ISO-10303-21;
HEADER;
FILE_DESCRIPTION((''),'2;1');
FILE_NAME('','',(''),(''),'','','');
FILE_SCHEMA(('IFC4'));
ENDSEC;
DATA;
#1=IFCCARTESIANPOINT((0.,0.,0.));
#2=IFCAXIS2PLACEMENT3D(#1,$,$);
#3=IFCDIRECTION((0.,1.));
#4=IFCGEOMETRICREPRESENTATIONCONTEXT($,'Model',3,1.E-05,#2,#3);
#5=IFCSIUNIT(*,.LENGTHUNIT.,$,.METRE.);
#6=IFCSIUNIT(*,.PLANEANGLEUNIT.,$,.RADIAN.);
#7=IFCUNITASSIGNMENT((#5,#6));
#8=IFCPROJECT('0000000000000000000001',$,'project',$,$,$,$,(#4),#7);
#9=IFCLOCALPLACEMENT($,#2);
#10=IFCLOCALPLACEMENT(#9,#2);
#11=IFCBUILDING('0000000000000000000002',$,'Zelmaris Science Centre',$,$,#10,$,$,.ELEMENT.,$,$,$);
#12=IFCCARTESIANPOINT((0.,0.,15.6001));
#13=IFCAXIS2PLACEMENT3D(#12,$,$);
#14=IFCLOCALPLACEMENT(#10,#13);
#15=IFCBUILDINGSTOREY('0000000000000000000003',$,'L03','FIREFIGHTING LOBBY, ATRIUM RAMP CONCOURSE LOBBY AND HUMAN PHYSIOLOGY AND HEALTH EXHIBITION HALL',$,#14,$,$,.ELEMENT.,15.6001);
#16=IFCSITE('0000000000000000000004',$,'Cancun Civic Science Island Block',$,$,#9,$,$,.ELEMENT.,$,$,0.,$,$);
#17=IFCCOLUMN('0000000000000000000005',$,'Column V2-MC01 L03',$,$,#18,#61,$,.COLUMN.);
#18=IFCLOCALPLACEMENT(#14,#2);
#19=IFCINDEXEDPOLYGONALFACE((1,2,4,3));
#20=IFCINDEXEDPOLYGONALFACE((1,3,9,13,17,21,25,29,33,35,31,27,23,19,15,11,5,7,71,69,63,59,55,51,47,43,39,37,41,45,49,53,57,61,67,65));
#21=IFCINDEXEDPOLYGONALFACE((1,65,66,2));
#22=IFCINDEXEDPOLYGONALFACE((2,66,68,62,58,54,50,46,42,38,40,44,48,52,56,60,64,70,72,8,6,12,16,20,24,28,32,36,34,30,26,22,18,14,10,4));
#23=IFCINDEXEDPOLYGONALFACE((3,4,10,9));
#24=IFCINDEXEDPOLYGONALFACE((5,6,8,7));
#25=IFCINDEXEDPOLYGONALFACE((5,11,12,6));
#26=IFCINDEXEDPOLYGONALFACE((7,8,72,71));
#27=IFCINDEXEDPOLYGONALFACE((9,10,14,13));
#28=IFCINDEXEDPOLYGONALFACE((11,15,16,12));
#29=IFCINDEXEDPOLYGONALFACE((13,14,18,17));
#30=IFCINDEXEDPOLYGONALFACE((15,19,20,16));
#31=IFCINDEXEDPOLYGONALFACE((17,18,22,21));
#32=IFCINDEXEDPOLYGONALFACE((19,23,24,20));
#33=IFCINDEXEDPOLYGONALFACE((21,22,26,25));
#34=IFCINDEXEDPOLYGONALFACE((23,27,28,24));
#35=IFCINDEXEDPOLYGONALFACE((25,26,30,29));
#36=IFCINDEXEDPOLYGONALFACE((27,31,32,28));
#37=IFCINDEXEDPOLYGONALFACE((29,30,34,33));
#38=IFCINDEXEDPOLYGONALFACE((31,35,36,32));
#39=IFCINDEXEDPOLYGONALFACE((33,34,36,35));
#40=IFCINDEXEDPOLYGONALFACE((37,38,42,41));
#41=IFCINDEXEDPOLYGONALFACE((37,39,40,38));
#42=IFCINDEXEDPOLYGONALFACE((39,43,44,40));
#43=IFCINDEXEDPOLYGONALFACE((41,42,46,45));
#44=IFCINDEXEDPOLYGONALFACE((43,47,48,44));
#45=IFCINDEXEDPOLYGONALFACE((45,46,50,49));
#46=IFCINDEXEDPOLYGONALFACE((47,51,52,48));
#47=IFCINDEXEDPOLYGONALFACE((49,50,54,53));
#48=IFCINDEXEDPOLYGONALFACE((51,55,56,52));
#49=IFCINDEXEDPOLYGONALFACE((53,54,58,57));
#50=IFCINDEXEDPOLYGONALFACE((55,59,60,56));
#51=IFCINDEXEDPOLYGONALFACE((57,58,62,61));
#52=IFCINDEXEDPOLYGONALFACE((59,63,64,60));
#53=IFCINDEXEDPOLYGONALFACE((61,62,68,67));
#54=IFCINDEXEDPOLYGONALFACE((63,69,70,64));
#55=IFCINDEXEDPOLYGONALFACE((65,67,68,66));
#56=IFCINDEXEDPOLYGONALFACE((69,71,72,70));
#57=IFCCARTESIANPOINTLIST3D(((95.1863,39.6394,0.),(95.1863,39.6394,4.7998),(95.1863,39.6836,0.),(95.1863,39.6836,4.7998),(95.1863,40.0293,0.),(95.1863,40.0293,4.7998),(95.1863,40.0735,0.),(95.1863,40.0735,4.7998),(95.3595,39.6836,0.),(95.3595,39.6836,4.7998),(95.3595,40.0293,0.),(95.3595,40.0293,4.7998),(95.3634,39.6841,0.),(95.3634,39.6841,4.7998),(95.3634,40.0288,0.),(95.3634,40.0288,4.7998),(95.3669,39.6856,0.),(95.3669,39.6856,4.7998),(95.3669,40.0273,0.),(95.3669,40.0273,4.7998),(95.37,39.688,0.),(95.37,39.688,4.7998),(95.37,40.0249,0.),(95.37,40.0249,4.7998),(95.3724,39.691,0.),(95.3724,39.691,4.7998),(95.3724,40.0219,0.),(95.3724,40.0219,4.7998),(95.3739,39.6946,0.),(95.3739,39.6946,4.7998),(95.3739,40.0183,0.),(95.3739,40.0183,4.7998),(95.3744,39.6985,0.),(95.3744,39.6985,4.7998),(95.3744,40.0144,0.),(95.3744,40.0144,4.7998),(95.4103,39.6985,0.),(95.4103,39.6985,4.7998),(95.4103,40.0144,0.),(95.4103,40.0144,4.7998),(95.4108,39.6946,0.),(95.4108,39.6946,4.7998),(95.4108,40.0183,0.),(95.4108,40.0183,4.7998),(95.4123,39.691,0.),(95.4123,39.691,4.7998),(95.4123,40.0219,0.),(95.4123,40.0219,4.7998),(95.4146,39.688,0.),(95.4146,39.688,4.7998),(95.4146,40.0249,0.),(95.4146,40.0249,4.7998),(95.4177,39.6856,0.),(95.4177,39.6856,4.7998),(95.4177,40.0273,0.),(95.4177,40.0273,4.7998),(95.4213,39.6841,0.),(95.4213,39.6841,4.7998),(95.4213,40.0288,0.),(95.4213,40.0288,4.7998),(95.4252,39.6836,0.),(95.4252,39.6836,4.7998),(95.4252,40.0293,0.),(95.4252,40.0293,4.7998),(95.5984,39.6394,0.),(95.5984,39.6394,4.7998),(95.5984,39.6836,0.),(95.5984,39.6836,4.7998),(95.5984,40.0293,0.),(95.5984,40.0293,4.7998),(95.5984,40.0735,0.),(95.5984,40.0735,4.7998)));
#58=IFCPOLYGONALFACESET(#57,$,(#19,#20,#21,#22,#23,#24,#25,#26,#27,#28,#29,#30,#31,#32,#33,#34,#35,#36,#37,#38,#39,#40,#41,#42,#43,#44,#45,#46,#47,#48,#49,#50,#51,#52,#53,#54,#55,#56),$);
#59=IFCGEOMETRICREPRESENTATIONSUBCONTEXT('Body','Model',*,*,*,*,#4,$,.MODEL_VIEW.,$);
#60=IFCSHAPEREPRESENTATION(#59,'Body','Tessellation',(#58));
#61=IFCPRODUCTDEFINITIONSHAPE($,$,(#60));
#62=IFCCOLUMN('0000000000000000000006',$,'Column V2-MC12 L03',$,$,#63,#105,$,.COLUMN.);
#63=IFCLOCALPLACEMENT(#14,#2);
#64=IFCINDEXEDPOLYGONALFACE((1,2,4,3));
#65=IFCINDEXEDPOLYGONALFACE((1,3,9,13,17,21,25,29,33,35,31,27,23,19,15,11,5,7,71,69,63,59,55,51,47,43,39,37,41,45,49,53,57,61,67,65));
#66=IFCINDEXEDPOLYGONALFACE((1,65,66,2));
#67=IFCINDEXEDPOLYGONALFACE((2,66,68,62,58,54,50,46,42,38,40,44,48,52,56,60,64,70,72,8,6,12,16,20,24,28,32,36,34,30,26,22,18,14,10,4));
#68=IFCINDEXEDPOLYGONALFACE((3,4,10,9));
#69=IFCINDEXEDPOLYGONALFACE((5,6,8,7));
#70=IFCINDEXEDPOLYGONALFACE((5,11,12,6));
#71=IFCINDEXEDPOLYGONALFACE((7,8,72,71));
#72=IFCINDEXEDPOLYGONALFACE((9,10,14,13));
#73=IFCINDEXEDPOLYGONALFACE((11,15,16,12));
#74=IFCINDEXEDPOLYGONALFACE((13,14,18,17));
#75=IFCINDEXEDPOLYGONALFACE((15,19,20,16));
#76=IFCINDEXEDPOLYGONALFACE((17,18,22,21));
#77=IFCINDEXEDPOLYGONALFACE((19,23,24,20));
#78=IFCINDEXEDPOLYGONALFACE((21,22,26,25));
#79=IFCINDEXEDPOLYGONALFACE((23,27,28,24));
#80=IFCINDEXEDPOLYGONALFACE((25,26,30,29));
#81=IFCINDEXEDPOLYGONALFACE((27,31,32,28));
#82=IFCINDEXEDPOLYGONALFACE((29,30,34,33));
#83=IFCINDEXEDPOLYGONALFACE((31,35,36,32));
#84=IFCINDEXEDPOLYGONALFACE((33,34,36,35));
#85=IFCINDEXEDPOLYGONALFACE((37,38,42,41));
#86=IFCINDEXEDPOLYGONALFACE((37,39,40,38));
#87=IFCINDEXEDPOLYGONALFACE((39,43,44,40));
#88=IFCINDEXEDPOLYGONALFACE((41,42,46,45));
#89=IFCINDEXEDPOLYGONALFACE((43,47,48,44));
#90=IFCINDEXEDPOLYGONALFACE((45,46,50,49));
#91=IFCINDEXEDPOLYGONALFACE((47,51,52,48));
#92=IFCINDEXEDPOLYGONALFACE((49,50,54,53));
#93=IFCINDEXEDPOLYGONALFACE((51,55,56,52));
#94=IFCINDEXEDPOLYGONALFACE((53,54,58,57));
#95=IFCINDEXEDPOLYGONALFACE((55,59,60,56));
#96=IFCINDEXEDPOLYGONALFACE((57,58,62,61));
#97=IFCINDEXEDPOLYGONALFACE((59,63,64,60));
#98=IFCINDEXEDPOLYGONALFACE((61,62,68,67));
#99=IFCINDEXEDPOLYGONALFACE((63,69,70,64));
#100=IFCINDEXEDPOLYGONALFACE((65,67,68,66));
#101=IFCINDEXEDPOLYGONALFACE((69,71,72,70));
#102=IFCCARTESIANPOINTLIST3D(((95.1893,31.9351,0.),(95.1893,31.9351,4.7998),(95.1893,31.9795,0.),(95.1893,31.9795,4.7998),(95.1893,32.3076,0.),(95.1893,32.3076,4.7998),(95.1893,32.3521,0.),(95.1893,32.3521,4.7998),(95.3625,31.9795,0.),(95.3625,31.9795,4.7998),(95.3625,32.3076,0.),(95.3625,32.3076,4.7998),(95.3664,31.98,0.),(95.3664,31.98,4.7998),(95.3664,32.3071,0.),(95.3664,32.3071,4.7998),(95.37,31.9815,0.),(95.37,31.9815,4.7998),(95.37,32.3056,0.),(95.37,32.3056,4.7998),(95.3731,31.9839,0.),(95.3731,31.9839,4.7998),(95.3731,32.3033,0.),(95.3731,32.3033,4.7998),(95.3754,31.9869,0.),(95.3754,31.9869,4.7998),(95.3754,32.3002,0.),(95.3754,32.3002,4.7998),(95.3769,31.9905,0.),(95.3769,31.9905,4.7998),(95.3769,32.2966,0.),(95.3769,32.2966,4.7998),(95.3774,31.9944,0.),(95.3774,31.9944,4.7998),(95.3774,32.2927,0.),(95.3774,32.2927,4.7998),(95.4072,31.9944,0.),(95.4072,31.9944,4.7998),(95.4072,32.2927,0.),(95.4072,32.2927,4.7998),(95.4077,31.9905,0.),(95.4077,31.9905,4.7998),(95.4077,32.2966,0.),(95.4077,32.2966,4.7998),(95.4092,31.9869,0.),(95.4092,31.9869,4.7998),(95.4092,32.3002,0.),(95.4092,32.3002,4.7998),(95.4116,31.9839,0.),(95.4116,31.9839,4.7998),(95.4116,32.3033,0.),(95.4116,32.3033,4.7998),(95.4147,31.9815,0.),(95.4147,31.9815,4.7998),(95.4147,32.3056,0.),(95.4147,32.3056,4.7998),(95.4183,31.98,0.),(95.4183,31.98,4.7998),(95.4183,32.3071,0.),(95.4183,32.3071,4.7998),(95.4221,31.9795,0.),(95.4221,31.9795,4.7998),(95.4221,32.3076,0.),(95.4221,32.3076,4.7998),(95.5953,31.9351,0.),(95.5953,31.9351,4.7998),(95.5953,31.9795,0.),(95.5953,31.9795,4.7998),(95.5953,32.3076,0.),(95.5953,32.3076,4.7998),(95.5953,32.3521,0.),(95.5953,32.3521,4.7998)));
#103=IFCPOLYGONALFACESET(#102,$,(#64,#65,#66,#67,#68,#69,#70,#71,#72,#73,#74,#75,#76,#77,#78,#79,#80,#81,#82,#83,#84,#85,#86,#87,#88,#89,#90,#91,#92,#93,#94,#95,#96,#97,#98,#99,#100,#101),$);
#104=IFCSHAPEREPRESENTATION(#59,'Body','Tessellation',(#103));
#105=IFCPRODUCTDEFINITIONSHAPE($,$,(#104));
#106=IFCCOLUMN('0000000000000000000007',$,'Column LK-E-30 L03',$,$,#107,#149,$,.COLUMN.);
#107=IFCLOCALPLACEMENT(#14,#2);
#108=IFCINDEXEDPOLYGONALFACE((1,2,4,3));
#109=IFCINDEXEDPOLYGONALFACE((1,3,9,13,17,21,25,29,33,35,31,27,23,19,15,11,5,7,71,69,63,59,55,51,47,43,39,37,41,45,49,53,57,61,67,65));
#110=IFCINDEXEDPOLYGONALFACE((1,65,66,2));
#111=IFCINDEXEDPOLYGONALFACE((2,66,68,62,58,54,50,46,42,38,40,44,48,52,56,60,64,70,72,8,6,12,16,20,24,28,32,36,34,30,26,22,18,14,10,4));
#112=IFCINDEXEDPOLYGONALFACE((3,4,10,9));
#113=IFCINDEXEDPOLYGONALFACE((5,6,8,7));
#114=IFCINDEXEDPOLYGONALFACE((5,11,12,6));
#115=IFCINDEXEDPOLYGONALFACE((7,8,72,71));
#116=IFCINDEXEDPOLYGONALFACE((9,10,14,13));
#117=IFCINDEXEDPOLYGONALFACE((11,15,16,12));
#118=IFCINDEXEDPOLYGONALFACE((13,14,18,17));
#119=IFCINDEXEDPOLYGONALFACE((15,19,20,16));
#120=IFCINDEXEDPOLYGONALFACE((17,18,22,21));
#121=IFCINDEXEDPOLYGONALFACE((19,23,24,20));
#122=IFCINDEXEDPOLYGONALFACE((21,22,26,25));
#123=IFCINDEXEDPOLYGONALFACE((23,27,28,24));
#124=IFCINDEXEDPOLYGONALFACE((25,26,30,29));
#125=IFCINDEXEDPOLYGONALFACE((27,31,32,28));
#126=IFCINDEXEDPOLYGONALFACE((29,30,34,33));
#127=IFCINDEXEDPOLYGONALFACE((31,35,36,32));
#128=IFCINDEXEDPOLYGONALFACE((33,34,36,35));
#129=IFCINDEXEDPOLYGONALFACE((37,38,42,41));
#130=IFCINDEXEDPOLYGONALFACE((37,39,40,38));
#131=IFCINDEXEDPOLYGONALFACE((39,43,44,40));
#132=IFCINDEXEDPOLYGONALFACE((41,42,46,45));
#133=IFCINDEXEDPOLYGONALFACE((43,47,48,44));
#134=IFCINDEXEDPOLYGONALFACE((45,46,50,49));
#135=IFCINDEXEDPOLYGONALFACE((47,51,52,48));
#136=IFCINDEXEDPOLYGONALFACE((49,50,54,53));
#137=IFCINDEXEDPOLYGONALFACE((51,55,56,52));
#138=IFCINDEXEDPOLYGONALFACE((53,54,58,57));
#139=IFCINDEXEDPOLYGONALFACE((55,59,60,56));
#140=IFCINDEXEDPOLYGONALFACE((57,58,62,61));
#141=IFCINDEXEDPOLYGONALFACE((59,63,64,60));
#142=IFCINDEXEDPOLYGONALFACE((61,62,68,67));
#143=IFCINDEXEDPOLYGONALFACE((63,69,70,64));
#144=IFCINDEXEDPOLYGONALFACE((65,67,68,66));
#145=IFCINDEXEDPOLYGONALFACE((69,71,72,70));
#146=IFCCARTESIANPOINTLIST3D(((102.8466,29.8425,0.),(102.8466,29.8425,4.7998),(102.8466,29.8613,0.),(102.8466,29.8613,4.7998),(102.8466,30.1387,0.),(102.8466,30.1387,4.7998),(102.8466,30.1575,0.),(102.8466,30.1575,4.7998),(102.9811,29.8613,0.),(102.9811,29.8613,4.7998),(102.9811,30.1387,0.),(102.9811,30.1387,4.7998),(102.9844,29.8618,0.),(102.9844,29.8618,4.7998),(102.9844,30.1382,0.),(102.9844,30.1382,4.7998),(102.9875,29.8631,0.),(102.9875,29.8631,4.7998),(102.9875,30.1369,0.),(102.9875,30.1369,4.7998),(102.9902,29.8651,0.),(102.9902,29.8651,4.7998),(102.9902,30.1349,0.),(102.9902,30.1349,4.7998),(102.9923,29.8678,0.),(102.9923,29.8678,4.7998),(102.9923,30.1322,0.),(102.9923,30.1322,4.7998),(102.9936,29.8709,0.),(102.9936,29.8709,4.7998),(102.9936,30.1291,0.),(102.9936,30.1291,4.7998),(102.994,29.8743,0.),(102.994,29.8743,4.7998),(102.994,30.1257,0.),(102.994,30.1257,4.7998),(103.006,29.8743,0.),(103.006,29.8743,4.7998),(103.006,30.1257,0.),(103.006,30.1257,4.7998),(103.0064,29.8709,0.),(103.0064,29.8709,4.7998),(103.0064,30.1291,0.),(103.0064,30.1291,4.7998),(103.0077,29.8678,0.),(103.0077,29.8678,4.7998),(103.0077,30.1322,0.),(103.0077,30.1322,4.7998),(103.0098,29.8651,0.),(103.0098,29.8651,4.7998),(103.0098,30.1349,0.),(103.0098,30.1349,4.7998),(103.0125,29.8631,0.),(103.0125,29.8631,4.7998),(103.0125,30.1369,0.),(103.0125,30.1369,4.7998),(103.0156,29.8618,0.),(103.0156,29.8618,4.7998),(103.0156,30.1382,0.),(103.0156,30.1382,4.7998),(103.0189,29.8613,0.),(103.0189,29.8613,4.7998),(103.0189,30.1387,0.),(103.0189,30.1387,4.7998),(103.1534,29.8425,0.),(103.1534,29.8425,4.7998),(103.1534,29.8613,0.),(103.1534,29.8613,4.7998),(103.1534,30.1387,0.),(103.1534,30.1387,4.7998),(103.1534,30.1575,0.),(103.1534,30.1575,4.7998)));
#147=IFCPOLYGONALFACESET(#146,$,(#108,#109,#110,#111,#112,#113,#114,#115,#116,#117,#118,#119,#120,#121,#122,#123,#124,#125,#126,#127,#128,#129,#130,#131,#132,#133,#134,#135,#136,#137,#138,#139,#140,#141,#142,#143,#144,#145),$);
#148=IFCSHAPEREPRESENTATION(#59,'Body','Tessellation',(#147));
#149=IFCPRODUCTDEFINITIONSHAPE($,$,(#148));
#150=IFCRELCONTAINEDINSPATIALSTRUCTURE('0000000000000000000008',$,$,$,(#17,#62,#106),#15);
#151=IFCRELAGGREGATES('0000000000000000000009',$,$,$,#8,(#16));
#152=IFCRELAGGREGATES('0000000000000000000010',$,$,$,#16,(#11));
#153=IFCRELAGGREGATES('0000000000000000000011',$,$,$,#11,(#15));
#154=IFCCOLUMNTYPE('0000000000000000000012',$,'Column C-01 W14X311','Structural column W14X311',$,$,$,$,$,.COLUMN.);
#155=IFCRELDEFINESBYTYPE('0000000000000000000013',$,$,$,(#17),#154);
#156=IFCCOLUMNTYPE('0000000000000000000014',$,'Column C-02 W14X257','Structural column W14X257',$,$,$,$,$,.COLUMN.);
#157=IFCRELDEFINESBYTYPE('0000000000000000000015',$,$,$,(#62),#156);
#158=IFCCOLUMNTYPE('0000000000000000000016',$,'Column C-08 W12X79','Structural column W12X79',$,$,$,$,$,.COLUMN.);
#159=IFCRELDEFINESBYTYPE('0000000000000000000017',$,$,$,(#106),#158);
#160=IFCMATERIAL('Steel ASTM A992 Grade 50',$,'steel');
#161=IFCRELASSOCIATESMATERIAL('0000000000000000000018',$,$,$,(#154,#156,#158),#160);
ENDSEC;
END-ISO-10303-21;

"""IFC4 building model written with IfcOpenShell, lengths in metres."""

from ifc_helpers import new_model, si_unit, direction, frame, origin, origin_2d, place, context, subcontext, project, spatial, i_section, extrude, material, material_profile, profile_set, type_object, element, save


model = new_model("IFC4")

# Units and contexts
model_context = context("Model", 3, precision=1e-05, world=origin(), true_north=direction((0.0, 1.0)))
body_context = subcontext(model_context, "Body", "Model", "MODEL_VIEW")
ifc_project = project(units=[si_unit("LENGTHUNIT", "METRE"), si_unit("PLANEANGLEUNIT", "RADIAN")], contexts=[model_context])

# Site, building, storey
site_placement = place(None, origin())
site = spatial("IfcSite", under=ifc_project, at=site_placement, Name="Cancun Civic Science Island Block", CompositionType="ELEMENT", RefElevation=0.0)
building_placement = place(site_placement, origin())
building = spatial("IfcBuilding", under=site, at=building_placement, Name="Zelmaris Science Centre", CompositionType="ELEMENT")
storey_placement = place(building_placement, frame((0.0, 0.0, 15.6001)))
storey = spatial("IfcBuildingStorey", under=building, at=storey_placement, Name="L03", Description="FIREFIGHTING LOBBY, ATRIUM RAMP CONCOURSE LOBBY AND HUMAN PHYSIOLOGY AND HEALTH EXHIBITION HALL", CompositionType="ELEMENT", Elevation=15.6001)

# Columns
ifc_material_1 = material(Name="Steel ASTM A992 Grade 50", Category="steel")
ifc_material_profile_1 = material_profile(ifc_material_1, i_section(OverallWidth=0.4121, OverallDepth=0.4341, WebThickness=0.0359, FlangeThickness=0.0442, FilletRadius=0.0149, at=origin_2d()), Name="W14X311")
ifc_profile_set_1 = profile_set([ifc_material_profile_1], Name="Steel ASTM A992 Grade 50")
column_type_1 = type_object("IfcColumnType", Name="Column C-01 W14X311", Description="Structural column W14X311", PredefinedType="COLUMN", material=ifc_profile_set_1)
column_1_placement = place(storey_placement, frame((95.3923, 39.8564, 0.0), z_axis=(0.0, 0.0, 1.0), x_axis=(1.0, 0.0, 0.0)))
element("IfcColumn", 1, at=column_1_placement, inside=storey, type_object=column_type_1, Name="Column V2-MC01 L03", PredefinedType="COLUMN", context=body_context, shape_type="SweptSolid", body=[
    extrude(i_section(OverallWidth=0.4121, OverallDepth=0.4341, WebThickness=0.0359, FlangeThickness=0.0442, FilletRadius=0.0149, at=origin_2d()), origin(), (0.0, 0.0, 1.0), 4.7998),
])
ifc_material_profile_2 = material_profile(ifc_material_1, i_section(OverallWidth=0.406, OverallDepth=0.417, WebThickness=0.0298, FlangeThickness=0.0444, FilletRadius=0.0149, at=origin_2d()), Name="W14X257")
ifc_profile_set_2 = profile_set([ifc_material_profile_2], Name="Steel ASTM A992 Grade 50")
column_type_2 = type_object("IfcColumnType", Name="Column C-02 W14X257", Description="Structural column W14X257", PredefinedType="COLUMN", material=ifc_profile_set_2)
column_2_placement = place(storey_placement, frame((95.3923, 32.1436, 0.0), z_axis=(0.0, 0.0, 1.0), x_axis=(1.0, 0.0, 0.0)))
element("IfcColumn", 2, at=column_2_placement, inside=storey, type_object=column_type_2, Name="Column V2-MC12 L03", PredefinedType="COLUMN", context=body_context, shape_type="SweptSolid", body=[
    extrude(i_section(OverallWidth=0.406, OverallDepth=0.417, WebThickness=0.0298, FlangeThickness=0.0444, FilletRadius=0.0149, at=origin_2d()), origin(), (0.0, 0.0, 1.0), 4.7998),
])
ifc_material_profile_3 = material_profile(ifc_material_1, i_section(OverallWidth=0.3069, OverallDepth=0.3149, WebThickness=0.012, FlangeThickness=0.0188, FilletRadius=0.0129, at=origin_2d()), Name="W12X79")
ifc_profile_set_3 = profile_set([ifc_material_profile_3], Name="Steel ASTM A992 Grade 50")
column_type_3 = type_object("IfcColumnType", Name="Column C-08 W12X79", Description="Structural column W12X79", PredefinedType="COLUMN", material=ifc_profile_set_3)
column_3_placement = place(storey_placement, frame((103.0, 30.0, 0.0), z_axis=(0.0, 0.0, 1.0), x_axis=(1.0, 0.0, 0.0)))
element("IfcColumn", 3, at=column_3_placement, inside=storey, type_object=column_type_3, Name="Column LK-E-30 L03", PredefinedType="COLUMN", context=body_context, shape_type="SweptSolid", body=[
    extrude(i_section(OverallWidth=0.3069, OverallDepth=0.3149, WebThickness=0.012, FlangeThickness=0.0188, FilletRadius=0.0129, at=origin_2d()), origin(), (0.0, 0.0, 1.0), 4.7998),
])

save(model, "model.ifc")
